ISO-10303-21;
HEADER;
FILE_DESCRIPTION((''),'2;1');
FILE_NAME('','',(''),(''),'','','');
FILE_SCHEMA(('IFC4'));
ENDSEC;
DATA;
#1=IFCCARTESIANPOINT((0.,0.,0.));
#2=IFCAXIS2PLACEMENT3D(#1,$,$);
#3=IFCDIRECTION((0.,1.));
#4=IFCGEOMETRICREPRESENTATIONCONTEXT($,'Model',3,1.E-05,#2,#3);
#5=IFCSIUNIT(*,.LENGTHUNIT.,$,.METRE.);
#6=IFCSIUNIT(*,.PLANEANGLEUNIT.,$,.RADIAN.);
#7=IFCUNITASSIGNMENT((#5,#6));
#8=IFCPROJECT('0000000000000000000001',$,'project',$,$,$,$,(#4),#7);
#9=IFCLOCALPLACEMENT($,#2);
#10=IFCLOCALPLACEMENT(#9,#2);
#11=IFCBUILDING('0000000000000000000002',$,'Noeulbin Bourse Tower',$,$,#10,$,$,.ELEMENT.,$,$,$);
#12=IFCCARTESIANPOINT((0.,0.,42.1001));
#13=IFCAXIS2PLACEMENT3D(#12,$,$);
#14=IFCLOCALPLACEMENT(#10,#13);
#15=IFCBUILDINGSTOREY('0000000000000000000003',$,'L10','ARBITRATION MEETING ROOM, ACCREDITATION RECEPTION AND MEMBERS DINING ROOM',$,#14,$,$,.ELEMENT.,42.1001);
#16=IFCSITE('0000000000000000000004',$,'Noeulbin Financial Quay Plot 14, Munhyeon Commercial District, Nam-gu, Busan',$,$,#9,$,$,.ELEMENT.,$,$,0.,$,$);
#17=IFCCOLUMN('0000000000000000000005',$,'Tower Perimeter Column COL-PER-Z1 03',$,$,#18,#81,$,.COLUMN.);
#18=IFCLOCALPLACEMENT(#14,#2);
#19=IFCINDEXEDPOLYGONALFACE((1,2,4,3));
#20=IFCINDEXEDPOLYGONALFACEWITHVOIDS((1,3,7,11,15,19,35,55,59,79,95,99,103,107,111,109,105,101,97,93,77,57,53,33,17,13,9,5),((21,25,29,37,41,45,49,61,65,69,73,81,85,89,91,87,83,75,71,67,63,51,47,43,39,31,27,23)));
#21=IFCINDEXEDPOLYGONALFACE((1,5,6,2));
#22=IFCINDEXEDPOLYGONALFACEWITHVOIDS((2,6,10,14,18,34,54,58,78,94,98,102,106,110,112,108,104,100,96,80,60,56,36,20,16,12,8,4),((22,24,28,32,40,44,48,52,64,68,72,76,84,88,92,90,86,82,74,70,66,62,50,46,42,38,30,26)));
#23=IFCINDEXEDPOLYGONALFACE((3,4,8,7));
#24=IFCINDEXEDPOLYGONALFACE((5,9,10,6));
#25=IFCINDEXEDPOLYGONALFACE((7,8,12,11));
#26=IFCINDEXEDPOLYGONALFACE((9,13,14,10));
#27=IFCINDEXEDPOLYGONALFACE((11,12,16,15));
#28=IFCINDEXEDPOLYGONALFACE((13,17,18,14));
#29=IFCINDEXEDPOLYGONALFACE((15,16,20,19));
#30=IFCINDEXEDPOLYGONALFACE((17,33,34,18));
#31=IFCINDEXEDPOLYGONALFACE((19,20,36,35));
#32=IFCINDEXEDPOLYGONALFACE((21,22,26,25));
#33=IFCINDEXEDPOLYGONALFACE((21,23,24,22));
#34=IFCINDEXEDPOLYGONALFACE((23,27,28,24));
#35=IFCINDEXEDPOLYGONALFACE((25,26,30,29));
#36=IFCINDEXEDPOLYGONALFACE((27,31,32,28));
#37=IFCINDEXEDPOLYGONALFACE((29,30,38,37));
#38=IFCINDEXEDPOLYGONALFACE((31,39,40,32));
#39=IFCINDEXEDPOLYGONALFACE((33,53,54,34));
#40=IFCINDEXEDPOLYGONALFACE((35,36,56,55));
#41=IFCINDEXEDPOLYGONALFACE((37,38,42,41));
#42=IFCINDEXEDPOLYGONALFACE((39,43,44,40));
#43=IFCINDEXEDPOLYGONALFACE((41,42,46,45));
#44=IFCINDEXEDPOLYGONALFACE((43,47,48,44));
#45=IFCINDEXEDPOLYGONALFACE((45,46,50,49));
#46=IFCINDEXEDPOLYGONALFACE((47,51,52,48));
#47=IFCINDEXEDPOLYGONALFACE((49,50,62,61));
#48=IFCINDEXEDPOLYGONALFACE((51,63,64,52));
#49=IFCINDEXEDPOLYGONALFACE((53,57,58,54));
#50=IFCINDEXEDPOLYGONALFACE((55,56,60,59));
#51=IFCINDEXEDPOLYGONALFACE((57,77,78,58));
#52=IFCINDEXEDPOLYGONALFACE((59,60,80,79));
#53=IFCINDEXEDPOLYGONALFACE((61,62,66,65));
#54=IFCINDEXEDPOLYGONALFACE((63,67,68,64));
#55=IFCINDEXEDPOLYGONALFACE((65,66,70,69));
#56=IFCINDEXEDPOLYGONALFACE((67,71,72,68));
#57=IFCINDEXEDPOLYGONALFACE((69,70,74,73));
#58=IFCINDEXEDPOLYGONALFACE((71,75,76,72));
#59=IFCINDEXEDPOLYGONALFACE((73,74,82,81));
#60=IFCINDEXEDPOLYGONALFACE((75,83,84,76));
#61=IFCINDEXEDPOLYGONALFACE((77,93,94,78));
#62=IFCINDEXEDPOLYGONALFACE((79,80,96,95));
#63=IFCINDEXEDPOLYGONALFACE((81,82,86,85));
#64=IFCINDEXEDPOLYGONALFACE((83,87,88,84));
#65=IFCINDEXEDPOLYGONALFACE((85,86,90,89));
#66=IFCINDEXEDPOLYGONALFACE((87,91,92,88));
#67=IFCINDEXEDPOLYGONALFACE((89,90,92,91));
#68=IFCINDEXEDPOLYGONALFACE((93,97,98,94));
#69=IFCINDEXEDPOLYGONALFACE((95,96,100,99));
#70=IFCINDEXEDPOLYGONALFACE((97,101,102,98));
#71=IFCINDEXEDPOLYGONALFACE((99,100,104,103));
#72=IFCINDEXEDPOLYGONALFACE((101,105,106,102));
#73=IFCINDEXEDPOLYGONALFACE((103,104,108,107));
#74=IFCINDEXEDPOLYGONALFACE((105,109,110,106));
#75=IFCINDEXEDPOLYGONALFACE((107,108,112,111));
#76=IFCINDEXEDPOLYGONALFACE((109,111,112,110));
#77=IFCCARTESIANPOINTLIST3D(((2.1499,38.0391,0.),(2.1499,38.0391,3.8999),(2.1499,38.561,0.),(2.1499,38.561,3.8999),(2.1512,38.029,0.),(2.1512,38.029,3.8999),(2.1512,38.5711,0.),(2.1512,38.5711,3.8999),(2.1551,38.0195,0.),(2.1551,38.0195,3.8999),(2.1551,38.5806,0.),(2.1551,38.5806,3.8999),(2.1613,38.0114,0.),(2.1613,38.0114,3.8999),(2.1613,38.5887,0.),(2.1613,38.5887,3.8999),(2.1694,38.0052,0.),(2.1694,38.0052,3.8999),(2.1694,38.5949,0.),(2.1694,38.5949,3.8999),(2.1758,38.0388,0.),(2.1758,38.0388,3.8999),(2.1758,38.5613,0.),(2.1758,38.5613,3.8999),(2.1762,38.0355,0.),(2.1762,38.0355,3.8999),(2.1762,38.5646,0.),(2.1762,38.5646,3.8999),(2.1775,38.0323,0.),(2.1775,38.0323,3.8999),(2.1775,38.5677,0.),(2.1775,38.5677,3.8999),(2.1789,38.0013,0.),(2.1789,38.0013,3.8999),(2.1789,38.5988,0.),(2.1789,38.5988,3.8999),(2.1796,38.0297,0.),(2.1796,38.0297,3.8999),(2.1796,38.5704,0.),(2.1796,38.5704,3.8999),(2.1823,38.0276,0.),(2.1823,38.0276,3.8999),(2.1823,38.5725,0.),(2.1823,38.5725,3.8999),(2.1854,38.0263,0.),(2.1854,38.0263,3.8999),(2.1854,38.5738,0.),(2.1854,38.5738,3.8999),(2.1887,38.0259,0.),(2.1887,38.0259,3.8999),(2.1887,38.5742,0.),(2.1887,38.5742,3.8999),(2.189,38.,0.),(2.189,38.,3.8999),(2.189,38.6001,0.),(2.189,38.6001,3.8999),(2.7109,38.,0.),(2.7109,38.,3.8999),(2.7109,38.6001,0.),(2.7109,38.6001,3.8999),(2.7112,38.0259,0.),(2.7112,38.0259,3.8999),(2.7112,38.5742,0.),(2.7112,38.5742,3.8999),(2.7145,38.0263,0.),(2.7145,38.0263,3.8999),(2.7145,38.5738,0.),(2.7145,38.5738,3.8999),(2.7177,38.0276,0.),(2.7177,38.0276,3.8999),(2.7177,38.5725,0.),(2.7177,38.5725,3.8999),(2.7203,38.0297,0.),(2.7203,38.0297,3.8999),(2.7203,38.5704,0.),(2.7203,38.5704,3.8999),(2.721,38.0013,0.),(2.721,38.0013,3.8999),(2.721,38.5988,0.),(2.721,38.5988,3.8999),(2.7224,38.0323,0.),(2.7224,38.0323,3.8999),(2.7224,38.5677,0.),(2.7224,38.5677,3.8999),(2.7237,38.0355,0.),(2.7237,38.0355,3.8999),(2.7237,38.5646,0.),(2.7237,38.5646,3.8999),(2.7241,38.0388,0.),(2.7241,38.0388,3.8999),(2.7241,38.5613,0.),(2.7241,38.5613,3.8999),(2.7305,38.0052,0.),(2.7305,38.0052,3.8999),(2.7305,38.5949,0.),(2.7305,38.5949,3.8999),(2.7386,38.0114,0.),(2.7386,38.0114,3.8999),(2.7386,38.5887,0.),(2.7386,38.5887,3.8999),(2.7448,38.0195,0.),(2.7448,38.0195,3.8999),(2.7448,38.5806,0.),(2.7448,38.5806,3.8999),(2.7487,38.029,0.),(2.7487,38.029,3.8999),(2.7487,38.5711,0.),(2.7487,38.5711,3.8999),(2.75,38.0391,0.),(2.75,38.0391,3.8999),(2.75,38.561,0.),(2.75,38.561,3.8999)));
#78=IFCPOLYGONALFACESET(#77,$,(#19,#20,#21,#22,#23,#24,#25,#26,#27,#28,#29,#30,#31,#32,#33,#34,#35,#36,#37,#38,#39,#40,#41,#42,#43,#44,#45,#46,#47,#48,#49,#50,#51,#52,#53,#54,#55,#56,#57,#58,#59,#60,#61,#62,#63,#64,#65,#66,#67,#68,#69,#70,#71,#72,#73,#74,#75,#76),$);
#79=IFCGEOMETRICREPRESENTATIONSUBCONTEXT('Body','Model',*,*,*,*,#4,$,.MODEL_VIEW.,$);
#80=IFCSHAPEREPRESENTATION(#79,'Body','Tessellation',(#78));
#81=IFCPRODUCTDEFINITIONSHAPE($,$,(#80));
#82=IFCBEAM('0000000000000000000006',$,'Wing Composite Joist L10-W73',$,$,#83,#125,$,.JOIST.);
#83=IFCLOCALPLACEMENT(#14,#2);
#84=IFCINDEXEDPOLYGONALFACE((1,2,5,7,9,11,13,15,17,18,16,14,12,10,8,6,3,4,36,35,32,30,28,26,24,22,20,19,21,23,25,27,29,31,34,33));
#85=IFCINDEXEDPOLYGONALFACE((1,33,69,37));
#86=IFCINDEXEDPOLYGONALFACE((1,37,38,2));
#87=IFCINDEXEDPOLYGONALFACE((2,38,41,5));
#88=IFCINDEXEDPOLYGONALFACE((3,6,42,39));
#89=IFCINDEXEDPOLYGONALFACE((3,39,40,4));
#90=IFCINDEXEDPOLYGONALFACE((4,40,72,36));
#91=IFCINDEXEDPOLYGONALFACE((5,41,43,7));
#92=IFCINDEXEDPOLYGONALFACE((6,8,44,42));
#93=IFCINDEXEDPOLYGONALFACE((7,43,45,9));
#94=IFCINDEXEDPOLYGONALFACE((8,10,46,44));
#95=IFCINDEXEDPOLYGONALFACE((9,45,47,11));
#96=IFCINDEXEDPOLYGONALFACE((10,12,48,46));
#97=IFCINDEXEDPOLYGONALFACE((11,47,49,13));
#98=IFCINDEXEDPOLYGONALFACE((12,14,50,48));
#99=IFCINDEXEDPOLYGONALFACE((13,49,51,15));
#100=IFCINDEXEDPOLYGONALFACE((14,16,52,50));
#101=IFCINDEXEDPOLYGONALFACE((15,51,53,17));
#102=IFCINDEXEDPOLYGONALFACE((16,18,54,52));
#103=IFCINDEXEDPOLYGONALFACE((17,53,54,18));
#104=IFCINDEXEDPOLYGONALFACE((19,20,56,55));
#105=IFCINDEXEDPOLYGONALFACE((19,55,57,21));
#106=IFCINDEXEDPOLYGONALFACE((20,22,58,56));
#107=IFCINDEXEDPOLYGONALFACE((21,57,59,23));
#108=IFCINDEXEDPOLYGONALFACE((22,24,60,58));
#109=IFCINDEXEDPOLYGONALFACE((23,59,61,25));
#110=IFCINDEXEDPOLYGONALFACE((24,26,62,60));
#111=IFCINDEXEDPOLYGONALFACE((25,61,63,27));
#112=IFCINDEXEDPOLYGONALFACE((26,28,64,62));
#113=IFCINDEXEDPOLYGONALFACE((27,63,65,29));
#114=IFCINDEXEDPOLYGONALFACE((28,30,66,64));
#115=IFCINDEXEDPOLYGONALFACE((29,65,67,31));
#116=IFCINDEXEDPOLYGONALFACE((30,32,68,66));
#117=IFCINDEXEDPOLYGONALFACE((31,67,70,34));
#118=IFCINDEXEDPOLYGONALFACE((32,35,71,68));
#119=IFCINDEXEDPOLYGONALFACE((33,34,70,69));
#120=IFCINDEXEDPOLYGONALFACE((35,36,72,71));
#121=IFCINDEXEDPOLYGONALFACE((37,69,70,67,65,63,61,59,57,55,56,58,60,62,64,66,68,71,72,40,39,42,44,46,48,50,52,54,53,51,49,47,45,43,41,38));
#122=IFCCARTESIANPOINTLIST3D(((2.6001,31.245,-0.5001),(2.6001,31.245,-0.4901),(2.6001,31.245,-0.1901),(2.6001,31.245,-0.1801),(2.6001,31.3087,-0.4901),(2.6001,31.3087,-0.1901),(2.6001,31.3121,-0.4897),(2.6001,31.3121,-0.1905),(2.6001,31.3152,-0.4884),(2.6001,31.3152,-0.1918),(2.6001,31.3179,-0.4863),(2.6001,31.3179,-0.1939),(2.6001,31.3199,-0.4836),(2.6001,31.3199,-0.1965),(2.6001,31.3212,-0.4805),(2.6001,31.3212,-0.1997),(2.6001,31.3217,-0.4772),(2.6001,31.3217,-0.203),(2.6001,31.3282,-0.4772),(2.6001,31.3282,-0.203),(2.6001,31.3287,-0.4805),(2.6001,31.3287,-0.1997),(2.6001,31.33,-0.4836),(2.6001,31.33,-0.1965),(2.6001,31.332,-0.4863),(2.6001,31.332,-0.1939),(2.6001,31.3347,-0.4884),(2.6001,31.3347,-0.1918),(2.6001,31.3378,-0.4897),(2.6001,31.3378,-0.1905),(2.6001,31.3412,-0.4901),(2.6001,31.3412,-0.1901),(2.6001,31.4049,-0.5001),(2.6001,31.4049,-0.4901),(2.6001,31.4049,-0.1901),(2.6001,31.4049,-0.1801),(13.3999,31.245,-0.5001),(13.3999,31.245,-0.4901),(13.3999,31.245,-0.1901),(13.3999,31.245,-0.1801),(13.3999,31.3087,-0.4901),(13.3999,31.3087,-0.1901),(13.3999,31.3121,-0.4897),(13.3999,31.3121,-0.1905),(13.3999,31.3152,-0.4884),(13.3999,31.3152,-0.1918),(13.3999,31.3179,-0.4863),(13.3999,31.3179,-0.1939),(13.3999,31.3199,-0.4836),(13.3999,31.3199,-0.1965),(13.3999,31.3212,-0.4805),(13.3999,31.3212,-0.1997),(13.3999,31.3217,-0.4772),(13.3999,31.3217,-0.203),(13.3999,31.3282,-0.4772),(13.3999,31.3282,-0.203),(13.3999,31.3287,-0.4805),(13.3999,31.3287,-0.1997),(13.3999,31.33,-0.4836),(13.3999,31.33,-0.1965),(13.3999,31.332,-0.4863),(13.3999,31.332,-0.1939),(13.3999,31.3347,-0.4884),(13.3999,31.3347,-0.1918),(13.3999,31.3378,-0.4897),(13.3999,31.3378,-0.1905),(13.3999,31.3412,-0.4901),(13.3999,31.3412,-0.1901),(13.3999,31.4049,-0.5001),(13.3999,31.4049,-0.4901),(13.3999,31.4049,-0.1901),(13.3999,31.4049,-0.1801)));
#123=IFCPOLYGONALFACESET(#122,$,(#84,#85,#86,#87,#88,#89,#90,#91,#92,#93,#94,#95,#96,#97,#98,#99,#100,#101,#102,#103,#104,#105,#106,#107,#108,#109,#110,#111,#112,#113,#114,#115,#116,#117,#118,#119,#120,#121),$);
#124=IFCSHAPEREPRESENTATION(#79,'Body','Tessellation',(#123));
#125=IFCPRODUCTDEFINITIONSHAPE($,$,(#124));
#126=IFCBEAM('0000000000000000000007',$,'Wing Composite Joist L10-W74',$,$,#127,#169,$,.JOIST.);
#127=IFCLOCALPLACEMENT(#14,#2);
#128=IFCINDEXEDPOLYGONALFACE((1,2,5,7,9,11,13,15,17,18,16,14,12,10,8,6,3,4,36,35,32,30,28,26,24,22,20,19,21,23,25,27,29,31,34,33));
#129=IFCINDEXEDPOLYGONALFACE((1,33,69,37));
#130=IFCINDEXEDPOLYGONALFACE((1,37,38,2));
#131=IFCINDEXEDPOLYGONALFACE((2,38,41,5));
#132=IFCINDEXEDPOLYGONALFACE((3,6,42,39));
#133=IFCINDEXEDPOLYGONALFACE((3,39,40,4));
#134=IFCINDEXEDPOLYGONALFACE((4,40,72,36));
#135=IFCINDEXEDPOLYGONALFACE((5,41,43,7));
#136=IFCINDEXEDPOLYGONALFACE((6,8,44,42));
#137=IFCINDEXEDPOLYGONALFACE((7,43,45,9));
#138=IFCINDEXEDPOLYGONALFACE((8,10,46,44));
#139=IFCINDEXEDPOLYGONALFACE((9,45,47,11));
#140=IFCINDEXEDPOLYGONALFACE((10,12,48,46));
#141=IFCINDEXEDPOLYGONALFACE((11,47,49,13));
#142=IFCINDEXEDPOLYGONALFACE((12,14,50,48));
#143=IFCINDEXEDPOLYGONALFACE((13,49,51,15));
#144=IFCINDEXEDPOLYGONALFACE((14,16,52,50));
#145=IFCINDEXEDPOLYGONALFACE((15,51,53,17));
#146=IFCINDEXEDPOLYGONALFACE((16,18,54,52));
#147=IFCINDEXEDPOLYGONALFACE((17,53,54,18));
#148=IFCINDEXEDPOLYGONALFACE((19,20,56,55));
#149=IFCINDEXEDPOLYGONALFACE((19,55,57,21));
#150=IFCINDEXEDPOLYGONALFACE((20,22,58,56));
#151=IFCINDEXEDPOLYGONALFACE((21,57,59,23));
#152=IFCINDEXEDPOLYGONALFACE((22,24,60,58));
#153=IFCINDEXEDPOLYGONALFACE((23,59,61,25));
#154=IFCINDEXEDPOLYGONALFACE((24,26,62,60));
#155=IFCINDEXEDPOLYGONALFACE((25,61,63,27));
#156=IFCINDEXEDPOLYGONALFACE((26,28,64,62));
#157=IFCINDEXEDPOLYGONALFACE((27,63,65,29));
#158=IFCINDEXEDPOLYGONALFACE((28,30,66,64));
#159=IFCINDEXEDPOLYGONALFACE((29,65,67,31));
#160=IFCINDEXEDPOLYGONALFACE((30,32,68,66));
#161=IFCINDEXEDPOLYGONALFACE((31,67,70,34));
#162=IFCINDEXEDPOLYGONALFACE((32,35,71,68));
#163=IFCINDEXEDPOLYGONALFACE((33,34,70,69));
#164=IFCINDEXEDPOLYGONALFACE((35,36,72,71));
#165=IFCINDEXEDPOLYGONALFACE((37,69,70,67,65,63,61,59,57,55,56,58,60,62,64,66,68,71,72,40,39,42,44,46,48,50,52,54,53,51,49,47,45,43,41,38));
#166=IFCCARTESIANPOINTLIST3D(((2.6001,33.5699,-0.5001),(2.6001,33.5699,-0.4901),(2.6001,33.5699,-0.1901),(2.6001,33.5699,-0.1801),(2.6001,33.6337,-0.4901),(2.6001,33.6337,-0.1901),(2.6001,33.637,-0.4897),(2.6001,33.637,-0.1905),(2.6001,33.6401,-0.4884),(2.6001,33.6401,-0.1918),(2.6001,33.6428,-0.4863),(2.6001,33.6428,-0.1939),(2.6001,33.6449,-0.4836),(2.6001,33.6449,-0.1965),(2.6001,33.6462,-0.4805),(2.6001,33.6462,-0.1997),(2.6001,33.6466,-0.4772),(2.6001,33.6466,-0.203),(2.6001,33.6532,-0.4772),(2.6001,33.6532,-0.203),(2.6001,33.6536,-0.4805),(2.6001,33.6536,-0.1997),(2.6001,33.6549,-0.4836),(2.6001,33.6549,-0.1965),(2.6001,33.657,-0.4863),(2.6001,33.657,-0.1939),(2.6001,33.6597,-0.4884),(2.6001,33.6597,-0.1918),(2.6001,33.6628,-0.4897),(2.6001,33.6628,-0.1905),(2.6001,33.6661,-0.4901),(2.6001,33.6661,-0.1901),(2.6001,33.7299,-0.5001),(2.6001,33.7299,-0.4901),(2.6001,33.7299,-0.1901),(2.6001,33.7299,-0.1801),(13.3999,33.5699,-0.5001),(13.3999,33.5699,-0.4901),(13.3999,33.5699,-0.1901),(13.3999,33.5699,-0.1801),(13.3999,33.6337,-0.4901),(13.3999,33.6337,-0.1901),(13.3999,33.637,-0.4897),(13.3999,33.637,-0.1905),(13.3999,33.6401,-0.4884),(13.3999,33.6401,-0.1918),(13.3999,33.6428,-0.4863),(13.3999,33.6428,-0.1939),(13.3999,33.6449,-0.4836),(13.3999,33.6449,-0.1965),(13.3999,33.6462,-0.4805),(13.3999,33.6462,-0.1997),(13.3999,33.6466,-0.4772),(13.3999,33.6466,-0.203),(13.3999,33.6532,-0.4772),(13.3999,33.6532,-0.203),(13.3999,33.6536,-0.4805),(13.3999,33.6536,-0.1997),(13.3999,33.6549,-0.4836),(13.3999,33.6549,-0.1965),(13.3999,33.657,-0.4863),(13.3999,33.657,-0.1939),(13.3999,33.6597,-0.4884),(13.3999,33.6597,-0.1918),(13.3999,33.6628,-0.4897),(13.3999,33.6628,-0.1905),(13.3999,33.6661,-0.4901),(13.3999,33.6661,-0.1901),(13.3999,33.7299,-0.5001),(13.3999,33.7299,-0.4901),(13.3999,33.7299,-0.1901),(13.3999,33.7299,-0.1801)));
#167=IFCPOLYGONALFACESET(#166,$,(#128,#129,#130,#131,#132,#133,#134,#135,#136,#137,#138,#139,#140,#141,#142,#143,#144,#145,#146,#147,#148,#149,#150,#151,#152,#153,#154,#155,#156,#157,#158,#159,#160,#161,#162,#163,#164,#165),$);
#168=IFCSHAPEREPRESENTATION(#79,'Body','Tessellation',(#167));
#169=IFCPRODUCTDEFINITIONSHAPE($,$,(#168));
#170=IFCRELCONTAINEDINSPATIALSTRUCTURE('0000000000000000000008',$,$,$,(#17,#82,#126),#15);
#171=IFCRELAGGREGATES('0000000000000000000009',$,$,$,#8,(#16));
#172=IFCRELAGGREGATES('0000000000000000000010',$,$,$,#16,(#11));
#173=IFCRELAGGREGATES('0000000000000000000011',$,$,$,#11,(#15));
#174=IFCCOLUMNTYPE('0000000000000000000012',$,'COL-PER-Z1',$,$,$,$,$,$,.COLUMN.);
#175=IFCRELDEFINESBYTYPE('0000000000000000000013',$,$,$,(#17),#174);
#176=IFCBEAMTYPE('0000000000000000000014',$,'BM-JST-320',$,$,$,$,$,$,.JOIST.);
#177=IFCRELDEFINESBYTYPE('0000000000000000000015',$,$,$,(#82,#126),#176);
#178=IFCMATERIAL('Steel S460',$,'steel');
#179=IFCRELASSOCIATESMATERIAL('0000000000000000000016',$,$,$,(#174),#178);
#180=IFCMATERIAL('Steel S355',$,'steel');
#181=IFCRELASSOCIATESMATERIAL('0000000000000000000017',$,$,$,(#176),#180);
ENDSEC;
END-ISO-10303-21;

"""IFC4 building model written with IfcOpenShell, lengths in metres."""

from ifc_helpers import new_model, si_unit, direction, frame, origin, origin_2d, place, context, subcontext, project, spatial, hollow_rectangle, i_section, extrude, material, material_profile, profile_set, type_object, element, save


model = new_model("IFC4")

# Units and contexts
model_context = context("Model", 3, precision=1e-05, world=origin(), true_north=direction((0.0, 1.0)))
body_context = subcontext(model_context, "Body", "Model", "MODEL_VIEW")
ifc_project = project(units=[si_unit("LENGTHUNIT", "METRE"), si_unit("PLANEANGLEUNIT", "RADIAN")], contexts=[model_context])

# Site, building, storey
site_placement = place(None, origin())
site = spatial("IfcSite", under=ifc_project, at=site_placement, Name="Noeulbin Financial Quay Plot 14, Munhyeon Commercial District, Nam-gu, Busan", CompositionType="ELEMENT", RefElevation=0.0)
building_placement = place(site_placement, origin())
building = spatial("IfcBuilding", under=site, at=building_placement, Name="Noeulbin Bourse Tower", CompositionType="ELEMENT")
storey_placement = place(building_placement, frame((0.0, 0.0, 42.1001)))
storey = spatial("IfcBuildingStorey", under=building, at=storey_placement, Name="L10", Description="ARBITRATION MEETING ROOM, ACCREDITATION RECEPTION AND MEMBERS DINING ROOM", CompositionType="ELEMENT", Elevation=42.1001)

# Column
ifc_material_1 = material(Name="Steel S460", Category="steel")
ifc_material_profile_1 = material_profile(ifc_material_1, hollow_rectangle(XDim=0.6001, YDim=0.6001, WallThickness=0.0259, InnerFilletRadius=0.0129, OuterFilletRadius=0.0391, at=origin_2d()), Name="BOX-600x600x26", Category="LoadBearing")
ifc_profile_set_1 = profile_set([ifc_material_profile_1], Name="Steel S460")
column_type = type_object("IfcColumnType", Name="COL-PER-Z1", PredefinedType="COLUMN", material=ifc_profile_set_1)
column_placement = place(storey_placement, frame((2.45, 38.3, 0.0), z_axis=(0.0, 0.0, 1.0), x_axis=(1.0, 0.0, 0.0)))
element("IfcColumn", 1, at=column_placement, inside=storey, type_object=column_type, Name="Tower Perimeter Column COL-PER-Z1 03", PredefinedType="COLUMN", context=body_context, shape_type="SweptSolid", body=[
    extrude(hollow_rectangle(XDim=0.6001, YDim=0.6001, WallThickness=0.0259, InnerFilletRadius=0.0129, OuterFilletRadius=0.0391, at=origin_2d()), origin(), (0.0, 0.0, 1.0), 3.8999),
])

# Beams
ifc_material_2 = material(Name="Steel S355", Category="steel")
ifc_material_profile_2 = material_profile(ifc_material_2, i_section(OverallWidth=0.1599, OverallDepth=0.3201, WebThickness=0.0066, FlangeThickness=0.01, FilletRadius=0.0129, at=origin_2d()), Name="H-320x160x6.5x10", Category="LoadBearing")
ifc_profile_set_2 = profile_set([ifc_material_profile_2], Name="Steel S355")
beam_type = type_object("IfcBeamType", Name="BM-JST-320", PredefinedType="JOIST", material=ifc_profile_set_2)
for number, where, z_axis, x_axis, name in (
    (2, (2.6001, 31.325, -0.3401), (1.0, 0.0, 0.0), (0.0, 1.0, 0.0), "Wing Composite Joist L10-W73"),
    (3, (2.6001, 33.6499, -0.3401), (1.0, 0.0, 0.0), (0.0, 1.0, 0.0), "Wing Composite Joist L10-W74"),
):
    element("IfcBeam", number, at=place(storey_placement, frame(where, z_axis=z_axis, x_axis=x_axis)), inside=storey, type_object=beam_type, Name=name, PredefinedType="JOIST", context=body_context, shape_type="SweptSolid", body=[
        extrude(i_section(OverallWidth=0.1599, OverallDepth=0.3201, WebThickness=0.0066, FlangeThickness=0.01, FilletRadius=0.0129, at=origin_2d()), origin(), (0.0, 0.0, 1.0), 10.7998),
    ])

save(model, "model.ifc")
